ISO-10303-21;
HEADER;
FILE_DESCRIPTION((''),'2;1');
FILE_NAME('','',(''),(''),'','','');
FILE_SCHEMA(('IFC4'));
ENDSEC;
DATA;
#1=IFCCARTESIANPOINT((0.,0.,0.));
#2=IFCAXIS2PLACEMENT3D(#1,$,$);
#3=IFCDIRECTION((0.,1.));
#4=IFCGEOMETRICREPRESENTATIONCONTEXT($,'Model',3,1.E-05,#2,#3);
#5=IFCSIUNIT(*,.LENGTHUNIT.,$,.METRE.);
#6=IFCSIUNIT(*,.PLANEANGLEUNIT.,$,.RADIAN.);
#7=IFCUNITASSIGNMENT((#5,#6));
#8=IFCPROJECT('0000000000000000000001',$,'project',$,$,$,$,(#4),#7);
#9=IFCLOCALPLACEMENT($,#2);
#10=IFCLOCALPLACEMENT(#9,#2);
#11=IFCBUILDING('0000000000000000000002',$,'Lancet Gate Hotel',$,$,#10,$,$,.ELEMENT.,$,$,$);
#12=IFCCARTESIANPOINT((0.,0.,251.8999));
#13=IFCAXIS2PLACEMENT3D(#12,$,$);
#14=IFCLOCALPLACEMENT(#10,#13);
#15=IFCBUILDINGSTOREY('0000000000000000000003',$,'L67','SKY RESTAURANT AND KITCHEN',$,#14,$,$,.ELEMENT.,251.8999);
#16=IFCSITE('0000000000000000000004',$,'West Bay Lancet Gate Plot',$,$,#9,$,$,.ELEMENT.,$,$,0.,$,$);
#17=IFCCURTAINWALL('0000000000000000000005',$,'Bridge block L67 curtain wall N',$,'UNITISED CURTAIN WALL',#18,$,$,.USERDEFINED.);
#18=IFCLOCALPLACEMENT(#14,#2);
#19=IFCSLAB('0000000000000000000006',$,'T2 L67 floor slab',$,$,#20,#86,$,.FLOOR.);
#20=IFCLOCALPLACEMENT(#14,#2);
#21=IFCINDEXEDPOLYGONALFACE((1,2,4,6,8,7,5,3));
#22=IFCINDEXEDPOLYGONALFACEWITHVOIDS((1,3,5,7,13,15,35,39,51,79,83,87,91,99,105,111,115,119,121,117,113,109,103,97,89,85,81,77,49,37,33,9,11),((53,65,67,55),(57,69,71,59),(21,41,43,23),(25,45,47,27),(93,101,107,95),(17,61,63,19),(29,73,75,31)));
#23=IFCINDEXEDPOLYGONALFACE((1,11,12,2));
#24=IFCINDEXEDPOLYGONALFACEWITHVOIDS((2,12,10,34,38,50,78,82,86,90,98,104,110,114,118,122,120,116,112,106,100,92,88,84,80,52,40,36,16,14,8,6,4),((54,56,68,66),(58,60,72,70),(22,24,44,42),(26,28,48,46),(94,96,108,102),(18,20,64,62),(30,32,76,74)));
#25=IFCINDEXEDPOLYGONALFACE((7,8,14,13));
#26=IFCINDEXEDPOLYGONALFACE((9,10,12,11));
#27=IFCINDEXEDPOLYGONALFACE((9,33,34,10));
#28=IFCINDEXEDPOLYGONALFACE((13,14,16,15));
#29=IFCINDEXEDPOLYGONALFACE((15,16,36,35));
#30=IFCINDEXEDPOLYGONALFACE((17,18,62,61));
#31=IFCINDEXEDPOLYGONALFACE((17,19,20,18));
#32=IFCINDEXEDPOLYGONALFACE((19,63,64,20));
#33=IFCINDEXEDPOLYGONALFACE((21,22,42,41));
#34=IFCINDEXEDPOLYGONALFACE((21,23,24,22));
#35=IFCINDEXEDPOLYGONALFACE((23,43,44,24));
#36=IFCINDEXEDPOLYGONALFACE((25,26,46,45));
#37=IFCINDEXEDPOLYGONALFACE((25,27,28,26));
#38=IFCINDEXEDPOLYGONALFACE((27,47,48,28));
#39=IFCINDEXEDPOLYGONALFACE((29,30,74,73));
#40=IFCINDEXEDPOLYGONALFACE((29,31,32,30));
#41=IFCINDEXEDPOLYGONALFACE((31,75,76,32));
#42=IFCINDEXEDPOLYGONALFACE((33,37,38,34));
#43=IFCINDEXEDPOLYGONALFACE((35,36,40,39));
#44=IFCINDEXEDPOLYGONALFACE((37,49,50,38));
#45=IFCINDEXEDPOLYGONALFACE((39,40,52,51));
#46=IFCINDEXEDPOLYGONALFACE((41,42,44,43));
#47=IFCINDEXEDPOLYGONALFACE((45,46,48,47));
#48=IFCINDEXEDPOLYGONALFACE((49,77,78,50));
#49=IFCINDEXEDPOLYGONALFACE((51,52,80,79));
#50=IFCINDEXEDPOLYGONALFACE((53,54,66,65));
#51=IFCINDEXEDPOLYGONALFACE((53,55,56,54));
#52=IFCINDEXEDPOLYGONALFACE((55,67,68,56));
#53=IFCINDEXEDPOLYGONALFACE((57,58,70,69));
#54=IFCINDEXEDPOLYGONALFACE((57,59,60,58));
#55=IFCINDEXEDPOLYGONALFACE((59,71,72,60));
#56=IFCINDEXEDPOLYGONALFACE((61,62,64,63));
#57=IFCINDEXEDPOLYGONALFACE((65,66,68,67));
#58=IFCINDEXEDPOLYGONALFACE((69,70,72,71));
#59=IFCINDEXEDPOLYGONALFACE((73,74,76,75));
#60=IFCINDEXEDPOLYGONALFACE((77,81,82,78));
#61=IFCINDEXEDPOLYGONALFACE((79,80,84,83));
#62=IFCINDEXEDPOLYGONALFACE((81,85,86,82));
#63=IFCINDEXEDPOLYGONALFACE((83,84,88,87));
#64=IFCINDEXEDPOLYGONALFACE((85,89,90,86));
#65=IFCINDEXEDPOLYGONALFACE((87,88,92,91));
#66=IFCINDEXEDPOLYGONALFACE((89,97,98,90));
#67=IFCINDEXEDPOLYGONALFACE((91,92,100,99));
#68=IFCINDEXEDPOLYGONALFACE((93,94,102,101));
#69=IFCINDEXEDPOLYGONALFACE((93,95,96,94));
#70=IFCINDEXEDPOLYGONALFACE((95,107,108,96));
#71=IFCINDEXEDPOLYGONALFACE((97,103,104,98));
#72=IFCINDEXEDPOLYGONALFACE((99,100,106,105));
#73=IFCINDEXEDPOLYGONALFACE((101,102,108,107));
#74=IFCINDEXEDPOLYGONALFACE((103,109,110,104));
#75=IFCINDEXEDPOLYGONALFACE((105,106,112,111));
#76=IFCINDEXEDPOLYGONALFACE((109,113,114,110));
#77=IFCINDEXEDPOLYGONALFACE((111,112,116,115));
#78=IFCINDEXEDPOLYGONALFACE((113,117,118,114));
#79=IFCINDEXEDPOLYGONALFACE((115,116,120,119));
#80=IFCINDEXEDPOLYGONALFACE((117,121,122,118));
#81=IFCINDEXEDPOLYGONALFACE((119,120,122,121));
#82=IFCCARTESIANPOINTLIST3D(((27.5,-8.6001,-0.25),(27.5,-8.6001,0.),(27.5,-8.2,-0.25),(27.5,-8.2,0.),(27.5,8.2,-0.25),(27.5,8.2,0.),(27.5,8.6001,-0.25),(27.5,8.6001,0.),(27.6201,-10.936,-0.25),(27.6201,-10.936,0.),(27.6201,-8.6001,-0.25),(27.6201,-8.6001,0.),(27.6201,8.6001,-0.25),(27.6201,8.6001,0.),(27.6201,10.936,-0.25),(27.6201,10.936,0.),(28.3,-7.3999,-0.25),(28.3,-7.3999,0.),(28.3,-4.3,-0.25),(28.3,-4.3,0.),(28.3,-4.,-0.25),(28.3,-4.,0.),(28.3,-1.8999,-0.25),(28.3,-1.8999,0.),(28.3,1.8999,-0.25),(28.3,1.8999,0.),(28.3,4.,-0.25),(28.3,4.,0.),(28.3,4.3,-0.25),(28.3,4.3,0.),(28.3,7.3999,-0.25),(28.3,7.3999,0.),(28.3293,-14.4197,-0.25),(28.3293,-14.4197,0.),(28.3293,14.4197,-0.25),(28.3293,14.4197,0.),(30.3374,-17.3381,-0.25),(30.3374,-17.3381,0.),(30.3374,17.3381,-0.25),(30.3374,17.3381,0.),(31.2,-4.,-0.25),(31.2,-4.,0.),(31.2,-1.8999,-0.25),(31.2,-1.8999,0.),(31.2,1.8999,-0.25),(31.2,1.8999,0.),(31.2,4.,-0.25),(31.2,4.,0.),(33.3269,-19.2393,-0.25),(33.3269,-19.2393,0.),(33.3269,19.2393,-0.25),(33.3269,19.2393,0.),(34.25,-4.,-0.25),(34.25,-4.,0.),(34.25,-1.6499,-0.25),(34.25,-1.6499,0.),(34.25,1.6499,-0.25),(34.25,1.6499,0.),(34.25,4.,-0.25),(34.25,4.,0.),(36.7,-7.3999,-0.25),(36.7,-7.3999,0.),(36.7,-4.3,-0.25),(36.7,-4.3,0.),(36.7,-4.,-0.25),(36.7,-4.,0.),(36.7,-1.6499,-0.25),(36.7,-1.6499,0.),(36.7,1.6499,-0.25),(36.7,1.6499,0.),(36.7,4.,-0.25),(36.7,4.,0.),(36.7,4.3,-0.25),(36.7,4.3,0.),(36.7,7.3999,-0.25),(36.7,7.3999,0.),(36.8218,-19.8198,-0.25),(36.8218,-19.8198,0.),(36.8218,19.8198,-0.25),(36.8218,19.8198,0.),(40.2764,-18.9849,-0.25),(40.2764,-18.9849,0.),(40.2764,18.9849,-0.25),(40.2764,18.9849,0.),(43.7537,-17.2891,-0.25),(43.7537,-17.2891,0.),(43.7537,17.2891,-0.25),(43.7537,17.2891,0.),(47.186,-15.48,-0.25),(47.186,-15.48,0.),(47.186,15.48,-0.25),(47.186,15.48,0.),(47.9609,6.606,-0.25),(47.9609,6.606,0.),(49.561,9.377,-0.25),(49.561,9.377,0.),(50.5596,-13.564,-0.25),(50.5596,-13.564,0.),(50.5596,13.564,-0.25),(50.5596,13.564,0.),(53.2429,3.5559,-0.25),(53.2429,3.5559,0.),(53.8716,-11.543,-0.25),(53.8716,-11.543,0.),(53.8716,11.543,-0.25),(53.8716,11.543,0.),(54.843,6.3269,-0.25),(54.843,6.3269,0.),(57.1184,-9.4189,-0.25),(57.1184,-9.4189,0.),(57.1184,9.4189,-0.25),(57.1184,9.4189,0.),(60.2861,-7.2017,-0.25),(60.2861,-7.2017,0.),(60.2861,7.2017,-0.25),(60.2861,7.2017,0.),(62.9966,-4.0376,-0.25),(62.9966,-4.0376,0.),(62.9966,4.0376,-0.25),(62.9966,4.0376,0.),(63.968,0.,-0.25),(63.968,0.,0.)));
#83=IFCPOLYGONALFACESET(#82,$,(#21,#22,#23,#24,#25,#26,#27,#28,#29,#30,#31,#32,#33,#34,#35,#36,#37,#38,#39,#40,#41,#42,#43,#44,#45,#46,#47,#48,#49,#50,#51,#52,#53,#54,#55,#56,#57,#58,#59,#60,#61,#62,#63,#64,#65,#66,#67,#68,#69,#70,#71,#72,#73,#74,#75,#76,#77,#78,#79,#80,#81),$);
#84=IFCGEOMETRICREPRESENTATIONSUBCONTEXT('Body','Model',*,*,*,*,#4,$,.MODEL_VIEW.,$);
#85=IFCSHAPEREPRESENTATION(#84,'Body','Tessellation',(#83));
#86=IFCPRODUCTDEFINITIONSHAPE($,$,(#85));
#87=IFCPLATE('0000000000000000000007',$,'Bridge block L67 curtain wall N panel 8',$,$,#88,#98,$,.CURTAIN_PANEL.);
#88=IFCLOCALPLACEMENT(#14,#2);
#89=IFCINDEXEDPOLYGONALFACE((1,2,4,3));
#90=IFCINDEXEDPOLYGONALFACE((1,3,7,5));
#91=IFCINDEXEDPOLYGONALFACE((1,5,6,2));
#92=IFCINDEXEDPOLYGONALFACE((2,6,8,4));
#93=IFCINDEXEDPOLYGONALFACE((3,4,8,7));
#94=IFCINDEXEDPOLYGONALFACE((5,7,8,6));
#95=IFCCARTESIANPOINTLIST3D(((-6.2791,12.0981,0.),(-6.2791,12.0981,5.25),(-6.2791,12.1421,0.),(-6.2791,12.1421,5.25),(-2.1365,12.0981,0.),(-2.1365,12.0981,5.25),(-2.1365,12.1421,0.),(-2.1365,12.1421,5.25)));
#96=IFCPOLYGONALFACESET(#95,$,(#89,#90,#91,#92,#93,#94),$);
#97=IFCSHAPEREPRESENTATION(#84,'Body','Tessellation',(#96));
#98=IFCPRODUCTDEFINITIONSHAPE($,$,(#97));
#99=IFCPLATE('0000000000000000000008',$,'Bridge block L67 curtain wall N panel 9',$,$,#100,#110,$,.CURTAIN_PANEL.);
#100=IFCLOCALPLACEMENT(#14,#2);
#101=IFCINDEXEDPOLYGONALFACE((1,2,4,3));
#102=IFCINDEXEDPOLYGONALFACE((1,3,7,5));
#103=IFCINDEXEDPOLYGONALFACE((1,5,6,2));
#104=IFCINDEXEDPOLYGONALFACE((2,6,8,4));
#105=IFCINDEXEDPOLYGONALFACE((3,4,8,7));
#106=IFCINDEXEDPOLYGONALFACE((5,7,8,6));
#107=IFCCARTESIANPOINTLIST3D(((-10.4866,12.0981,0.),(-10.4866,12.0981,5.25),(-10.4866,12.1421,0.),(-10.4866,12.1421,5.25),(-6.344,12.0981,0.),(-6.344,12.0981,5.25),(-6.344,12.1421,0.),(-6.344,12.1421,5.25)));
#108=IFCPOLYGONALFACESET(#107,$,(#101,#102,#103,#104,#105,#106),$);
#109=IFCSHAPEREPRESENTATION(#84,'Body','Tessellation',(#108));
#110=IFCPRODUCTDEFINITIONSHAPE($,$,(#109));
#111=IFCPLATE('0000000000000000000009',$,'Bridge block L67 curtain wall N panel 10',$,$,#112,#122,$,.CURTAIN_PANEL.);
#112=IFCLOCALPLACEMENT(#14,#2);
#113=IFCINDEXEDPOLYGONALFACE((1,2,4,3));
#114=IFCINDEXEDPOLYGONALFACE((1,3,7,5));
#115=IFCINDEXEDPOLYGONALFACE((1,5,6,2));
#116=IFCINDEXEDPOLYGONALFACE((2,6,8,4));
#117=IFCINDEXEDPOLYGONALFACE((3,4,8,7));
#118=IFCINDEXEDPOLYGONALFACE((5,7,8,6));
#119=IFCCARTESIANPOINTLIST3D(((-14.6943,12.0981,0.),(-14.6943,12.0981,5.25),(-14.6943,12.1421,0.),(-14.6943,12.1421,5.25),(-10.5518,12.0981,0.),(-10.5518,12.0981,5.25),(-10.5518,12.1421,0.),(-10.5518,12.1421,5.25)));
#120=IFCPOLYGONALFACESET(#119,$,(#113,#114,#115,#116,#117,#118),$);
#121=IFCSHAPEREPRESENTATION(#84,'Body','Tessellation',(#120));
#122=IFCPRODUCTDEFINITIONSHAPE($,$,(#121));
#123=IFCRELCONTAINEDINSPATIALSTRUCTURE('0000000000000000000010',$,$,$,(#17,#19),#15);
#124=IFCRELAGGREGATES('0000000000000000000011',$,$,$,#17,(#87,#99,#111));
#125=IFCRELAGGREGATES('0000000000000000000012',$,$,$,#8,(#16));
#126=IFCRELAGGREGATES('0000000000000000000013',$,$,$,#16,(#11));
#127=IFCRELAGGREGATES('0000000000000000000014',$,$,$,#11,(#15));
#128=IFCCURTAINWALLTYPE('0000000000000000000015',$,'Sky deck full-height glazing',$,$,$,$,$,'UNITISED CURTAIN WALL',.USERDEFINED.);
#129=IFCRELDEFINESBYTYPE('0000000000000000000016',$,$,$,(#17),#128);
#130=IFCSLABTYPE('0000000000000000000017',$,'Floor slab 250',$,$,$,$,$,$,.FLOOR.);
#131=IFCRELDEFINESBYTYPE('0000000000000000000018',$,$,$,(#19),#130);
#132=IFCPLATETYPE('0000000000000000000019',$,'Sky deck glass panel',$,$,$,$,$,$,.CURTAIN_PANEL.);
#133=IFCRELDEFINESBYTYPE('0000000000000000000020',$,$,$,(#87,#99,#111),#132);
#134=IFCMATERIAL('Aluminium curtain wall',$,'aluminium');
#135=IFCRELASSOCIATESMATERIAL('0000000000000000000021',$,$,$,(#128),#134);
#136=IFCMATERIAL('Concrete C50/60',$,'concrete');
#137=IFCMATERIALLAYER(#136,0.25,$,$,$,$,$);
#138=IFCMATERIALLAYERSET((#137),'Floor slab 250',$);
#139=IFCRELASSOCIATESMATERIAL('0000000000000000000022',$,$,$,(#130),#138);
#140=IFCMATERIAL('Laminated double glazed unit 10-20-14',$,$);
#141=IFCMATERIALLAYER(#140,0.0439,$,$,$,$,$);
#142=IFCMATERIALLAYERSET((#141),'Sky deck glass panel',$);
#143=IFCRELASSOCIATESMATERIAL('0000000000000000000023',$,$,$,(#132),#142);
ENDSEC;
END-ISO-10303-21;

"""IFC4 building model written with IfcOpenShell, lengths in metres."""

from ifc_helpers import new_model, si_unit, direction, frame, origin, origin_2d, place, context, subcontext, project, spatial, polyline, rectangle, outline, extrude, material, layer, layer_set, type_object, element, aggregate, save


model = new_model("IFC4")

# Units and contexts
model_context = context("Model", 3, precision=1e-05, world=origin(), true_north=direction((0.0, 1.0)))
body_context = subcontext(model_context, "Body", "Model", "MODEL_VIEW")
ifc_project = project(units=[si_unit("LENGTHUNIT", "METRE"), si_unit("PLANEANGLEUNIT", "RADIAN")], contexts=[model_context])

# Site, building, storey
site_placement = place(None, origin())
site = spatial("IfcSite", under=ifc_project, at=site_placement, Name="West Bay Lancet Gate Plot", CompositionType="ELEMENT", RefElevation=0.0)
building_placement = place(site_placement, origin())
building = spatial("IfcBuilding", under=site, at=building_placement, Name="Lancet Gate Hotel", CompositionType="ELEMENT")
storey_placement = place(building_placement, frame((0.0, 0.0, 251.8999)))
storey = spatial("IfcBuildingStorey", under=building, at=storey_placement, Name="L67", Description="SKY RESTAURANT AND KITCHEN", CompositionType="ELEMENT", Elevation=251.8999)

# Curtain wall
ifc_material_1 = material(Name="Aluminium curtain wall", Category="aluminium")
curtain_wall_type = type_object("IfcCurtainWallType", Name="Sky deck full-height glazing", ElementType="UNITISED CURTAIN WALL", PredefinedType="USERDEFINED", material=ifc_material_1)
curtain_wall_placement = place(storey_placement, origin())
curtain_wall = element("IfcCurtainWall", 1, at=curtain_wall_placement, inside=storey, type_object=curtain_wall_type, Name="Bridge block L67 curtain wall N", ObjectType="UNITISED CURTAIN WALL", PredefinedType="USERDEFINED")

# Slab
ifc_material_2 = material(Name="Concrete C50/60", Category="concrete")
ifc_layer_1 = layer(ifc_material_2, 0.25)
ifc_layer_set_1 = layer_set([ifc_layer_1], Name="Floor slab 250")
slab_type_1 = type_object("IfcSlabType", Name="Floor slab 250", PredefinedType="FLOOR", material=ifc_layer_set_1)
slab_1_placement = place(storey_placement, frame((0.0, 0.0, -0.25)))
element("IfcSlab", 2, at=slab_1_placement, inside=storey, type_object=slab_type_1, Name="T2 L67 floor slab", PredefinedType="FLOOR", context=body_context, shape_type="SweptSolid", body=[
    extrude(outline(polyline([(27.5, -8.6001), (27.6201, -8.6001), (27.6201, -10.936), (28.3293, -14.4197), (30.3374, -17.3381), (33.3269, -19.2393), (36.8218, -19.8198), (40.2764, -18.9849), (43.7537, -17.2891), (47.186, -15.48), (50.5596, -13.564), (53.8716, -11.543), (57.1184, -9.4189), (60.2861, -7.2017), (62.9966, -4.0376), (63.968, 0.0), (62.9966, 4.0376), (60.2861, 7.2017), (57.1184, 9.4189), (53.8716, 11.543), (50.5596, 13.564), (47.186, 15.48), (43.7537, 17.2891), (40.2764, 18.9849), (36.8218, 19.8198), (33.3269, 19.2393), (30.3374, 17.3381), (28.3293, 14.4197), (27.6201, 10.936), (27.6201, 8.6001), (27.5, 8.6001), (27.5, 8.2), (27.5, -8.2), (27.5, -8.6001)]), holes=[polyline([(36.7, -7.3999), (36.7, -4.3), (28.3, -4.3), (28.3, -7.3999), (36.7, -7.3999)]), polyline([(28.3, -4.0), (31.2, -4.0), (31.2, -1.8999), (28.3, -1.8999), (28.3, -4.0)]), polyline([(34.25, -4.0), (36.7, -4.0), (36.7, -1.6499), (34.25, -1.6499), (34.25, -4.0)]), polyline([(36.7, 1.6499), (36.7, 4.0), (34.25, 4.0), (34.25, 1.6499), (36.7, 1.6499)]), polyline([(28.3, 1.8999), (31.2, 1.8999), (31.2, 4.0), (28.3, 4.0), (28.3, 1.8999)]), polyline([(28.3, 4.3), (36.7, 4.3), (36.7, 7.3999), (28.3, 7.3999), (28.3, 4.3)]), polyline([(53.2429, 3.5559), (54.843, 6.3269), (49.561, 9.377), (47.9609, 6.606), (53.2429, 3.5559)])]), origin(), (0.0, 0.0, 1.0), 0.25),
])

# Plates
ifc_material_3 = material(Name="Laminated double glazed unit 10-20-14")
ifc_layer_2 = layer(ifc_material_3, 0.0439)
ifc_layer_set_2 = layer_set([ifc_layer_2], Name="Sky deck glass panel")
plate_type = type_object("IfcPlateType", Name="Sky deck glass panel", PredefinedType="CURTAIN_PANEL", material=ifc_layer_set_2)
plate_1_placement = place(storey_placement, frame((-4.2078, 12.1201, 0.0), z_axis=(0.0, 0.0, 1.0), x_axis=(-1.0, 0.0, 0.0)))
plate_1 = element("IfcPlate", 3, at=plate_1_placement, type_object=plate_type, Name="Bridge block L67 curtain wall N panel 8", PredefinedType="CURTAIN_PANEL", context=body_context, shape_type="SweptSolid", body=[
    extrude(rectangle(XDim=4.1426, YDim=0.0439, at=origin_2d()), origin(), (0.0, 0.0, 1.0), 5.25),
])
plate_2_placement = place(storey_placement, frame((-8.4153, 12.1201, 0.0), z_axis=(0.0, 0.0, 1.0), x_axis=(-1.0, 0.0, 0.0)))
plate_2 = element("IfcPlate", 4, at=plate_2_placement, type_object=plate_type, Name="Bridge block L67 curtain wall N panel 9", PredefinedType="CURTAIN_PANEL", context=body_context, shape_type="SweptSolid", body=[
    extrude(rectangle(XDim=4.1426, YDim=0.0439, at=origin_2d()), origin(), (0.0, 0.0, 1.0), 5.25),
])
plate_3_placement = place(storey_placement, frame((-12.623, 12.1201, 0.0), z_axis=(0.0, 0.0, 1.0), x_axis=(-1.0, 0.0, 0.0)))
plate_3 = element("IfcPlate", 5, at=plate_3_placement, type_object=plate_type, Name="Bridge block L67 curtain wall N panel 10", PredefinedType="CURTAIN_PANEL", context=body_context, shape_type="SweptSolid", body=[
    extrude(rectangle(XDim=4.1426, YDim=0.0439, at=origin_2d()), origin(), (0.0, 0.0, 1.0), 5.25),
])
aggregate(curtain_wall, [plate_1, plate_2, plate_3])

save(model, "model.ifc")
